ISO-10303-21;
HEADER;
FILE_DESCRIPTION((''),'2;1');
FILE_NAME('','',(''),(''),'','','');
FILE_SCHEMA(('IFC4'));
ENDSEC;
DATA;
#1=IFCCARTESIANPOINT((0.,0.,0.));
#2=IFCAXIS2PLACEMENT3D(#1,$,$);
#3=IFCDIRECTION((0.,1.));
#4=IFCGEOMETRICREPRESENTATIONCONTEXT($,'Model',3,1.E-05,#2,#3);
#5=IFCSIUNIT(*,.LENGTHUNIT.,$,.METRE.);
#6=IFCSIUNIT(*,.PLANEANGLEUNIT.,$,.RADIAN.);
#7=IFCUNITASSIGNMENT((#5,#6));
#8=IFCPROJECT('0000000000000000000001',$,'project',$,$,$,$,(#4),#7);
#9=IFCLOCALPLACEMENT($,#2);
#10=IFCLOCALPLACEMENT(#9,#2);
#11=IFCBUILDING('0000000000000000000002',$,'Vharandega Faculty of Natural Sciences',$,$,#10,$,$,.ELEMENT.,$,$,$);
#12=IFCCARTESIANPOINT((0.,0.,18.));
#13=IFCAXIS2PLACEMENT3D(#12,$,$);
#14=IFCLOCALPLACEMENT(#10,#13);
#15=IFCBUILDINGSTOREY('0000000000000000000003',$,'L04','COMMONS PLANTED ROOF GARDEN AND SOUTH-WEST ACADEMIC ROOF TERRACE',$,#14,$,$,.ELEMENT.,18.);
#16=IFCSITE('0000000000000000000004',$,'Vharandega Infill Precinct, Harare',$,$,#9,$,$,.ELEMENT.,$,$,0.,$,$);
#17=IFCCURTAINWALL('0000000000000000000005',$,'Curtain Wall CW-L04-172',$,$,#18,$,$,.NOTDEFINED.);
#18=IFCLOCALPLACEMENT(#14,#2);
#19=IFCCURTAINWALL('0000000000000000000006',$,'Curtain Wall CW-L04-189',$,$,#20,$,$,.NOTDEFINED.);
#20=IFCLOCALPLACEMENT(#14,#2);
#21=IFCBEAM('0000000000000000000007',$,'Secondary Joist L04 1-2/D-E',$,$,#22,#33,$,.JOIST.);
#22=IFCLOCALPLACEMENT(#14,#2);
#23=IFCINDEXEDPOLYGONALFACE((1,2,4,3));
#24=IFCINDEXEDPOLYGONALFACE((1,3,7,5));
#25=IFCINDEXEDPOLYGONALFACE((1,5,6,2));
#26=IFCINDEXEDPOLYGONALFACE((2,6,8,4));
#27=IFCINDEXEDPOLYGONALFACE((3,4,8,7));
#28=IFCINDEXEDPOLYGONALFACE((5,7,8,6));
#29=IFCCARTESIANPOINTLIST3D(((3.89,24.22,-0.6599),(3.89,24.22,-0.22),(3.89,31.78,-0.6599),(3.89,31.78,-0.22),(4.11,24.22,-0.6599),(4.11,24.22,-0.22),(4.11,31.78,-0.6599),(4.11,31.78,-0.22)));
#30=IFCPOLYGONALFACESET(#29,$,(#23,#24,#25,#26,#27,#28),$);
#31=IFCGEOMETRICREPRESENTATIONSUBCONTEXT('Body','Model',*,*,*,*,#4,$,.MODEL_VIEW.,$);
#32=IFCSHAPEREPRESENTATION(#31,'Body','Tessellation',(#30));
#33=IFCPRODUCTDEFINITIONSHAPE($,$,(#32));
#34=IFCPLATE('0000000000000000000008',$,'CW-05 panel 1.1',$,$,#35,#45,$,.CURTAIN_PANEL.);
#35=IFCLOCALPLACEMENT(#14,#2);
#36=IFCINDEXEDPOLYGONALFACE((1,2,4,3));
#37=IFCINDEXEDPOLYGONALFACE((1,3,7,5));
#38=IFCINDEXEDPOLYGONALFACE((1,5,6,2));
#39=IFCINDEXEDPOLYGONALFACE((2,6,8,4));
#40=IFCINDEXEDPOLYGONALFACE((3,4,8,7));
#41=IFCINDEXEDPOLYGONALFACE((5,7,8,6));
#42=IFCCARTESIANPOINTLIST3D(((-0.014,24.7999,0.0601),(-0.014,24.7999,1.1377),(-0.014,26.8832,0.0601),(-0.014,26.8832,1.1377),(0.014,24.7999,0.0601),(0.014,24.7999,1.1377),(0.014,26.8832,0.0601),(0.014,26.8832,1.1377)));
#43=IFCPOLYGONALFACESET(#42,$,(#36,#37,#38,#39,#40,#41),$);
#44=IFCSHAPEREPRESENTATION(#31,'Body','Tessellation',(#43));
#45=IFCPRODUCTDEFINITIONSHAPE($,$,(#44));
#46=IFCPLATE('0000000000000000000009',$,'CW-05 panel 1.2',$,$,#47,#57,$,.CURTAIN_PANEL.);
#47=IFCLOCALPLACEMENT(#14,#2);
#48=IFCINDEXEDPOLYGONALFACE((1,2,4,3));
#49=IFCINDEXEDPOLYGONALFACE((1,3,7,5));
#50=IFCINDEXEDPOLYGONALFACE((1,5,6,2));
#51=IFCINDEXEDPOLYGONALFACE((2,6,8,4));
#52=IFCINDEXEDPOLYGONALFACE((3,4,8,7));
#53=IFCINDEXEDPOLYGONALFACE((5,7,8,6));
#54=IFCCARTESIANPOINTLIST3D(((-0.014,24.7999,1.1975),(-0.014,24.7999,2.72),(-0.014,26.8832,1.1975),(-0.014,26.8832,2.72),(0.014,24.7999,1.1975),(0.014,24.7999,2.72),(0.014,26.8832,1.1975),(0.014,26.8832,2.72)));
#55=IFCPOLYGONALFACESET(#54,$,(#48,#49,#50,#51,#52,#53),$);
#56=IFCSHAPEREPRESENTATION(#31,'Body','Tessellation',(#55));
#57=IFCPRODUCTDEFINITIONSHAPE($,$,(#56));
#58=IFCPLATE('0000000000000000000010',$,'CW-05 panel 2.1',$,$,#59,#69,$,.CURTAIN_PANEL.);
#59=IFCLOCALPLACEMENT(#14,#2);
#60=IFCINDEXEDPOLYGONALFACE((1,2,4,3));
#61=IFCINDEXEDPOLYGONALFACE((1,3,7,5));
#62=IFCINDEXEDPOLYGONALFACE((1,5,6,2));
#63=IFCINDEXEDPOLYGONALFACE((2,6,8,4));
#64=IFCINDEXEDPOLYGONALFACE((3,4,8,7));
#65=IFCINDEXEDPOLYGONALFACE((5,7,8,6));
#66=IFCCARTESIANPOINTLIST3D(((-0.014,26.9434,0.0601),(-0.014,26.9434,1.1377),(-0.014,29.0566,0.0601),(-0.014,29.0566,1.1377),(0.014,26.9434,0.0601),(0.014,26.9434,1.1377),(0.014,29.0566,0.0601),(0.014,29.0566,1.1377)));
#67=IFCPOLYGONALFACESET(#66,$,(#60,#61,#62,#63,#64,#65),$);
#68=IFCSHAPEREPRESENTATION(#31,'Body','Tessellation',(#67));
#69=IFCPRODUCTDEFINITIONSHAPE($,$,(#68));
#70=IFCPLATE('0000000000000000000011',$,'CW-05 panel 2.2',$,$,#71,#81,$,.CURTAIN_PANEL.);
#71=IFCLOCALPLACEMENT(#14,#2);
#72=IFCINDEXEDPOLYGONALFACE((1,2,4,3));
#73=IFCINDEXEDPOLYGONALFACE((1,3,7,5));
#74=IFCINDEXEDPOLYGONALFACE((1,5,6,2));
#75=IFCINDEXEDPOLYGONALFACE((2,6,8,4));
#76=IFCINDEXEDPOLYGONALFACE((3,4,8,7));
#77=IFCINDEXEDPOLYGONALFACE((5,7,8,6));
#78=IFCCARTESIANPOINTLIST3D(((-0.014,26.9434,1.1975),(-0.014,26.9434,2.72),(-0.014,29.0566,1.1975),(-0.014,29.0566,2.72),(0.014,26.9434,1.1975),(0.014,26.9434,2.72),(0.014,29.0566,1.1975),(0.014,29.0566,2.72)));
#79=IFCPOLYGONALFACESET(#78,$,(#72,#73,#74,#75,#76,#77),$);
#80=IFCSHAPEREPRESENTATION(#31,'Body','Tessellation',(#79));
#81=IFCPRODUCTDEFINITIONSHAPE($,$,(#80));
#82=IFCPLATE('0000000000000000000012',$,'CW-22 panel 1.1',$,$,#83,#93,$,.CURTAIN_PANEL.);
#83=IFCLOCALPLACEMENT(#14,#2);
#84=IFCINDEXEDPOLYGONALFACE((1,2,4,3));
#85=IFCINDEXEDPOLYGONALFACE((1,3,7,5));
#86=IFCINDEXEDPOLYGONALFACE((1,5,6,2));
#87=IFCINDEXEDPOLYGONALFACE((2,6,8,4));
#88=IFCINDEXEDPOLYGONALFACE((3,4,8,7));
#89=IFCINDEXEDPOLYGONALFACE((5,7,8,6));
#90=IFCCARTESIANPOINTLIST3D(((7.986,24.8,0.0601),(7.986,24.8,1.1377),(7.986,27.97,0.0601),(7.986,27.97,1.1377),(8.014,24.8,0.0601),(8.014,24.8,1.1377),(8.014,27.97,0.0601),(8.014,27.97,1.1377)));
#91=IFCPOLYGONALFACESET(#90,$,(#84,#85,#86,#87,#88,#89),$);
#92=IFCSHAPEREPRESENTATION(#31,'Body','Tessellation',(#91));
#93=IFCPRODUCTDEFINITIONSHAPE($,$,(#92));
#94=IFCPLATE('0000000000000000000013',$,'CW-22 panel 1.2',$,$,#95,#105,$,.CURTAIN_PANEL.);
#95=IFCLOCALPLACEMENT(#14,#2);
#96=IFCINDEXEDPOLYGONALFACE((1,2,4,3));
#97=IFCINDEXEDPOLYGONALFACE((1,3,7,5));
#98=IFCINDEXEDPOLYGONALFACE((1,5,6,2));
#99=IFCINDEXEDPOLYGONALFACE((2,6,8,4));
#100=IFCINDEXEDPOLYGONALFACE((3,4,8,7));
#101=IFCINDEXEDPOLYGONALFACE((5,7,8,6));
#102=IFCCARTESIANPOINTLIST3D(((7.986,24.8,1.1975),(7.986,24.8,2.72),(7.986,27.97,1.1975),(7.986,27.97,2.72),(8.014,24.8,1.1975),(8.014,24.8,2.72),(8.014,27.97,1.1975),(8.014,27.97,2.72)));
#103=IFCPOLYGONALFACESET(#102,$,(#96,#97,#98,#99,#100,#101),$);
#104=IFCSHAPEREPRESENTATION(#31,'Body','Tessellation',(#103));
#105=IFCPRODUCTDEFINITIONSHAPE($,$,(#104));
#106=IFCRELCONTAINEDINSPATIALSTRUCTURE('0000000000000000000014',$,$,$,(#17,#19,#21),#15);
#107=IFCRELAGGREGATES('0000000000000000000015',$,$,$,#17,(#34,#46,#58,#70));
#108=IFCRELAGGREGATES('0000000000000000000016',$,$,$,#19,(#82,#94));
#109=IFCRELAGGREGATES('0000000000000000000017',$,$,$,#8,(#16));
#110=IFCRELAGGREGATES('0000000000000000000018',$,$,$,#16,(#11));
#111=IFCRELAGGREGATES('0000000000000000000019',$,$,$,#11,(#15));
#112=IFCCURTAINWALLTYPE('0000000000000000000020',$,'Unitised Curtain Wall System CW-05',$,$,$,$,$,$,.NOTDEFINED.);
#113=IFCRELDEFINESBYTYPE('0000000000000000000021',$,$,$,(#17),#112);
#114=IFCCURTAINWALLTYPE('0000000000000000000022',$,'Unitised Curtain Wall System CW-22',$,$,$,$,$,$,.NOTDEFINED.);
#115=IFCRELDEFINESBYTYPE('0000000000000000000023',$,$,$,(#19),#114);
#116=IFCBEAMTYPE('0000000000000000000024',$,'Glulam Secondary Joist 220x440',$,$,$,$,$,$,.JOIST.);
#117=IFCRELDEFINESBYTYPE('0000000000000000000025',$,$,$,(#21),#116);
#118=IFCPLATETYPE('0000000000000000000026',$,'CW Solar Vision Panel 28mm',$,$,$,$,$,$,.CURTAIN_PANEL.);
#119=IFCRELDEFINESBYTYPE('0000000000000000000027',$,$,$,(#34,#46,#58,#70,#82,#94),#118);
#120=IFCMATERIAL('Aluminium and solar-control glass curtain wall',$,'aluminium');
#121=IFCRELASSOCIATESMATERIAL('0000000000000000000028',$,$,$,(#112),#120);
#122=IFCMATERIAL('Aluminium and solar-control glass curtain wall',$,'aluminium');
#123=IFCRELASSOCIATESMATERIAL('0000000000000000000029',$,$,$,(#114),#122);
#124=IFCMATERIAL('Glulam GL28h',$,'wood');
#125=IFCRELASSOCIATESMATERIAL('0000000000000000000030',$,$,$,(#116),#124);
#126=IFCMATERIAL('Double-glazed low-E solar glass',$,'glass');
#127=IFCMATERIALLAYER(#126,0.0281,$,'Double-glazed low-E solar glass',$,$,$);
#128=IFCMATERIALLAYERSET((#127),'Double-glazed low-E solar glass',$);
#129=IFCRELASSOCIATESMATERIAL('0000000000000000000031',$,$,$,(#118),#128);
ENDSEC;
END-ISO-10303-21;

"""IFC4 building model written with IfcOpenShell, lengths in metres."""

from ifc_helpers import new_model, si_unit, direction, frame, origin, origin_2d, place, context, subcontext, project, spatial, rectangle, extrude, material, layer, layer_set, material_profile, profile_set, type_object, element, aggregate, save


model = new_model("IFC4")

# Units and contexts
model_context = context("Model", 3, precision=1e-05, world=origin(), true_north=direction((0.0, 1.0)))
body_context = subcontext(model_context, "Body", "Model", "MODEL_VIEW")
ifc_project = project(units=[si_unit("LENGTHUNIT", "METRE"), si_unit("PLANEANGLEUNIT", "RADIAN")], contexts=[model_context])

# Site, building, storey
site_placement = place(None, origin())
site = spatial("IfcSite", under=ifc_project, at=site_placement, Name="Vharandega Infill Precinct, Harare", CompositionType="ELEMENT", RefElevation=0.0)
building_placement = place(site_placement, origin())
building = spatial("IfcBuilding", under=site, at=building_placement, Name="Vharandega Faculty of Natural Sciences", CompositionType="ELEMENT")
storey_placement = place(building_placement, frame((0.0, 0.0, 18.0)))
storey = spatial("IfcBuildingStorey", under=building, at=storey_placement, Name="L04", Description="COMMONS PLANTED ROOF GARDEN AND SOUTH-WEST ACADEMIC ROOF TERRACE", CompositionType="ELEMENT", Elevation=18.0)

# Curtain walls
ifc_material_1 = material(Name="Aluminium and solar-control glass curtain wall", Category="aluminium")
curtain_wall_type_1 = type_object("IfcCurtainWallType", Name="Unitised Curtain Wall System CW-05", PredefinedType="NOTDEFINED", material=ifc_material_1)
curtain_wall_1_placement = place(storey_placement, origin())
curtain_wall_1 = element("IfcCurtainWall", 1, at=curtain_wall_1_placement, inside=storey, type_object=curtain_wall_type_1, Name="Curtain Wall CW-L04-172", PredefinedType="NOTDEFINED")
ifc_material_2 = material(Name="Aluminium and solar-control glass curtain wall", Category="aluminium")
curtain_wall_type_2 = type_object("IfcCurtainWallType", Name="Unitised Curtain Wall System CW-22", PredefinedType="NOTDEFINED", material=ifc_material_2)
curtain_wall_2_placement = place(storey_placement, origin())
curtain_wall_2 = element("IfcCurtainWall", 2, at=curtain_wall_2_placement, inside=storey, type_object=curtain_wall_type_2, Name="Curtain Wall CW-L04-189", PredefinedType="NOTDEFINED")

# Beam
ifc_material_3 = material(Name="Glulam GL28h", Category="wood")
ifc_material_profile_1 = material_profile(ifc_material_3, rectangle(XDim=0.22, YDim=0.4399, at=origin_2d()), Name="GL28h 220x440")
ifc_profile_set_1 = profile_set([ifc_material_profile_1], Name="Glulam GL28h")
beam_type = type_object("IfcBeamType", Name="Glulam Secondary Joist 220x440", PredefinedType="JOIST", material=ifc_profile_set_1)
beam_placement = place(storey_placement, frame((4.0, 24.22, -0.4399), z_axis=(0.0, 1.0, 0.0), x_axis=(-1.0, 0.0, 0.0)))
element("IfcBeam", 3, at=beam_placement, inside=storey, type_object=beam_type, Name="Secondary Joist L04 1-2/D-E", PredefinedType="JOIST", context=body_context, shape_type="SweptSolid", body=[
    extrude(rectangle(XDim=0.22, YDim=0.4399, at=origin_2d()), origin(), (0.0, 0.0, 1.0), 7.5601),
])

# Plates
ifc_material_4 = material(Name="Double-glazed low-E solar glass", Category="glass")
ifc_layer = layer(ifc_material_4, 0.0281, Name="Double-glazed low-E solar glass")
ifc_layer_set = layer_set([ifc_layer], Name="Double-glazed low-E solar glass")
plate_type = type_object("IfcPlateType", Name="CW Solar Vision Panel 28mm", PredefinedType="CURTAIN_PANEL", material=ifc_layer_set)
plate_1_placement = place(storey_placement, frame((0.0, 25.8416, 0.0601), z_axis=(0.0, 0.0, 1.0), x_axis=(0.0, 1.0, 0.0)))
plate_1 = element("IfcPlate", 4, at=plate_1_placement, type_object=plate_type, Name="CW-05 panel 1.1", PredefinedType="CURTAIN_PANEL", context=body_context, shape_type="SweptSolid", body=[
    extrude(rectangle(XDim=2.0833, YDim=0.0281, at=origin_2d()), origin(), (0.0, 0.0, 1.0), 1.0776),
])
plate_2_placement = place(storey_placement, frame((0.0, 25.8416, 1.1975), z_axis=(0.0, 0.0, 1.0), x_axis=(0.0, 1.0, 0.0)))
plate_2 = element("IfcPlate", 5, at=plate_2_placement, type_object=plate_type, Name="CW-05 panel 1.2", PredefinedType="CURTAIN_PANEL", context=body_context, shape_type="SweptSolid", body=[
    extrude(rectangle(XDim=2.0833, YDim=0.0281, at=origin_2d()), origin(), (0.0, 0.0, 1.0), 1.5225),
])
plate_3_placement = place(storey_placement, frame((0.0, 28.0, 0.0601), z_axis=(0.0, 0.0, 1.0), x_axis=(0.0, 1.0, 0.0)))
plate_3 = element("IfcPlate", 6, at=plate_3_placement, type_object=plate_type, Name="CW-05 panel 2.1", PredefinedType="CURTAIN_PANEL", context=body_context, shape_type="SweptSolid", body=[
    extrude(rectangle(XDim=2.1133, YDim=0.0281, at=origin_2d()), origin(), (0.0, 0.0, 1.0), 1.0776),
])
plate_4_placement = place(storey_placement, frame((0.0, 28.0, 1.1975), z_axis=(0.0, 0.0, 1.0), x_axis=(0.0, 1.0, 0.0)))
plate_4 = element("IfcPlate", 7, at=plate_4_placement, type_object=plate_type, Name="CW-05 panel 2.2", PredefinedType="CURTAIN_PANEL", context=body_context, shape_type="SweptSolid", body=[
    extrude(rectangle(XDim=2.1133, YDim=0.0281, at=origin_2d()), origin(), (0.0, 0.0, 1.0), 1.5225),
])
aggregate(curtain_wall_1, [plate_1, plate_2, plate_3, plate_4])
plate_5_placement = place(storey_placement, frame((8.0, 26.385, 0.0601), z_axis=(0.0, 0.0, 1.0), x_axis=(0.0, 1.0, 0.0)))
plate_5 = element("IfcPlate", 8, at=plate_5_placement, type_object=plate_type, Name="CW-22 panel 1.1", PredefinedType="CURTAIN_PANEL", context=body_context, shape_type="SweptSolid", body=[
    extrude(rectangle(XDim=3.1699, YDim=0.0281, at=origin_2d()), origin(), (0.0, 0.0, 1.0), 1.0776),
])
plate_6_placement = place(storey_placement, frame((8.0, 26.385, 1.1975), z_axis=(0.0, 0.0, 1.0), x_axis=(0.0, 1.0, 0.0)))
plate_6 = element("IfcPlate", 9, at=plate_6_placement, type_object=plate_type, Name="CW-22 panel 1.2", PredefinedType="CURTAIN_PANEL", context=body_context, shape_type="SweptSolid", body=[
    extrude(rectangle(XDim=3.1699, YDim=0.0281, at=origin_2d()), origin(), (0.0, 0.0, 1.0), 1.5225),
])
aggregate(curtain_wall_2, [plate_5, plate_6])

save(model, "model.ifc")
